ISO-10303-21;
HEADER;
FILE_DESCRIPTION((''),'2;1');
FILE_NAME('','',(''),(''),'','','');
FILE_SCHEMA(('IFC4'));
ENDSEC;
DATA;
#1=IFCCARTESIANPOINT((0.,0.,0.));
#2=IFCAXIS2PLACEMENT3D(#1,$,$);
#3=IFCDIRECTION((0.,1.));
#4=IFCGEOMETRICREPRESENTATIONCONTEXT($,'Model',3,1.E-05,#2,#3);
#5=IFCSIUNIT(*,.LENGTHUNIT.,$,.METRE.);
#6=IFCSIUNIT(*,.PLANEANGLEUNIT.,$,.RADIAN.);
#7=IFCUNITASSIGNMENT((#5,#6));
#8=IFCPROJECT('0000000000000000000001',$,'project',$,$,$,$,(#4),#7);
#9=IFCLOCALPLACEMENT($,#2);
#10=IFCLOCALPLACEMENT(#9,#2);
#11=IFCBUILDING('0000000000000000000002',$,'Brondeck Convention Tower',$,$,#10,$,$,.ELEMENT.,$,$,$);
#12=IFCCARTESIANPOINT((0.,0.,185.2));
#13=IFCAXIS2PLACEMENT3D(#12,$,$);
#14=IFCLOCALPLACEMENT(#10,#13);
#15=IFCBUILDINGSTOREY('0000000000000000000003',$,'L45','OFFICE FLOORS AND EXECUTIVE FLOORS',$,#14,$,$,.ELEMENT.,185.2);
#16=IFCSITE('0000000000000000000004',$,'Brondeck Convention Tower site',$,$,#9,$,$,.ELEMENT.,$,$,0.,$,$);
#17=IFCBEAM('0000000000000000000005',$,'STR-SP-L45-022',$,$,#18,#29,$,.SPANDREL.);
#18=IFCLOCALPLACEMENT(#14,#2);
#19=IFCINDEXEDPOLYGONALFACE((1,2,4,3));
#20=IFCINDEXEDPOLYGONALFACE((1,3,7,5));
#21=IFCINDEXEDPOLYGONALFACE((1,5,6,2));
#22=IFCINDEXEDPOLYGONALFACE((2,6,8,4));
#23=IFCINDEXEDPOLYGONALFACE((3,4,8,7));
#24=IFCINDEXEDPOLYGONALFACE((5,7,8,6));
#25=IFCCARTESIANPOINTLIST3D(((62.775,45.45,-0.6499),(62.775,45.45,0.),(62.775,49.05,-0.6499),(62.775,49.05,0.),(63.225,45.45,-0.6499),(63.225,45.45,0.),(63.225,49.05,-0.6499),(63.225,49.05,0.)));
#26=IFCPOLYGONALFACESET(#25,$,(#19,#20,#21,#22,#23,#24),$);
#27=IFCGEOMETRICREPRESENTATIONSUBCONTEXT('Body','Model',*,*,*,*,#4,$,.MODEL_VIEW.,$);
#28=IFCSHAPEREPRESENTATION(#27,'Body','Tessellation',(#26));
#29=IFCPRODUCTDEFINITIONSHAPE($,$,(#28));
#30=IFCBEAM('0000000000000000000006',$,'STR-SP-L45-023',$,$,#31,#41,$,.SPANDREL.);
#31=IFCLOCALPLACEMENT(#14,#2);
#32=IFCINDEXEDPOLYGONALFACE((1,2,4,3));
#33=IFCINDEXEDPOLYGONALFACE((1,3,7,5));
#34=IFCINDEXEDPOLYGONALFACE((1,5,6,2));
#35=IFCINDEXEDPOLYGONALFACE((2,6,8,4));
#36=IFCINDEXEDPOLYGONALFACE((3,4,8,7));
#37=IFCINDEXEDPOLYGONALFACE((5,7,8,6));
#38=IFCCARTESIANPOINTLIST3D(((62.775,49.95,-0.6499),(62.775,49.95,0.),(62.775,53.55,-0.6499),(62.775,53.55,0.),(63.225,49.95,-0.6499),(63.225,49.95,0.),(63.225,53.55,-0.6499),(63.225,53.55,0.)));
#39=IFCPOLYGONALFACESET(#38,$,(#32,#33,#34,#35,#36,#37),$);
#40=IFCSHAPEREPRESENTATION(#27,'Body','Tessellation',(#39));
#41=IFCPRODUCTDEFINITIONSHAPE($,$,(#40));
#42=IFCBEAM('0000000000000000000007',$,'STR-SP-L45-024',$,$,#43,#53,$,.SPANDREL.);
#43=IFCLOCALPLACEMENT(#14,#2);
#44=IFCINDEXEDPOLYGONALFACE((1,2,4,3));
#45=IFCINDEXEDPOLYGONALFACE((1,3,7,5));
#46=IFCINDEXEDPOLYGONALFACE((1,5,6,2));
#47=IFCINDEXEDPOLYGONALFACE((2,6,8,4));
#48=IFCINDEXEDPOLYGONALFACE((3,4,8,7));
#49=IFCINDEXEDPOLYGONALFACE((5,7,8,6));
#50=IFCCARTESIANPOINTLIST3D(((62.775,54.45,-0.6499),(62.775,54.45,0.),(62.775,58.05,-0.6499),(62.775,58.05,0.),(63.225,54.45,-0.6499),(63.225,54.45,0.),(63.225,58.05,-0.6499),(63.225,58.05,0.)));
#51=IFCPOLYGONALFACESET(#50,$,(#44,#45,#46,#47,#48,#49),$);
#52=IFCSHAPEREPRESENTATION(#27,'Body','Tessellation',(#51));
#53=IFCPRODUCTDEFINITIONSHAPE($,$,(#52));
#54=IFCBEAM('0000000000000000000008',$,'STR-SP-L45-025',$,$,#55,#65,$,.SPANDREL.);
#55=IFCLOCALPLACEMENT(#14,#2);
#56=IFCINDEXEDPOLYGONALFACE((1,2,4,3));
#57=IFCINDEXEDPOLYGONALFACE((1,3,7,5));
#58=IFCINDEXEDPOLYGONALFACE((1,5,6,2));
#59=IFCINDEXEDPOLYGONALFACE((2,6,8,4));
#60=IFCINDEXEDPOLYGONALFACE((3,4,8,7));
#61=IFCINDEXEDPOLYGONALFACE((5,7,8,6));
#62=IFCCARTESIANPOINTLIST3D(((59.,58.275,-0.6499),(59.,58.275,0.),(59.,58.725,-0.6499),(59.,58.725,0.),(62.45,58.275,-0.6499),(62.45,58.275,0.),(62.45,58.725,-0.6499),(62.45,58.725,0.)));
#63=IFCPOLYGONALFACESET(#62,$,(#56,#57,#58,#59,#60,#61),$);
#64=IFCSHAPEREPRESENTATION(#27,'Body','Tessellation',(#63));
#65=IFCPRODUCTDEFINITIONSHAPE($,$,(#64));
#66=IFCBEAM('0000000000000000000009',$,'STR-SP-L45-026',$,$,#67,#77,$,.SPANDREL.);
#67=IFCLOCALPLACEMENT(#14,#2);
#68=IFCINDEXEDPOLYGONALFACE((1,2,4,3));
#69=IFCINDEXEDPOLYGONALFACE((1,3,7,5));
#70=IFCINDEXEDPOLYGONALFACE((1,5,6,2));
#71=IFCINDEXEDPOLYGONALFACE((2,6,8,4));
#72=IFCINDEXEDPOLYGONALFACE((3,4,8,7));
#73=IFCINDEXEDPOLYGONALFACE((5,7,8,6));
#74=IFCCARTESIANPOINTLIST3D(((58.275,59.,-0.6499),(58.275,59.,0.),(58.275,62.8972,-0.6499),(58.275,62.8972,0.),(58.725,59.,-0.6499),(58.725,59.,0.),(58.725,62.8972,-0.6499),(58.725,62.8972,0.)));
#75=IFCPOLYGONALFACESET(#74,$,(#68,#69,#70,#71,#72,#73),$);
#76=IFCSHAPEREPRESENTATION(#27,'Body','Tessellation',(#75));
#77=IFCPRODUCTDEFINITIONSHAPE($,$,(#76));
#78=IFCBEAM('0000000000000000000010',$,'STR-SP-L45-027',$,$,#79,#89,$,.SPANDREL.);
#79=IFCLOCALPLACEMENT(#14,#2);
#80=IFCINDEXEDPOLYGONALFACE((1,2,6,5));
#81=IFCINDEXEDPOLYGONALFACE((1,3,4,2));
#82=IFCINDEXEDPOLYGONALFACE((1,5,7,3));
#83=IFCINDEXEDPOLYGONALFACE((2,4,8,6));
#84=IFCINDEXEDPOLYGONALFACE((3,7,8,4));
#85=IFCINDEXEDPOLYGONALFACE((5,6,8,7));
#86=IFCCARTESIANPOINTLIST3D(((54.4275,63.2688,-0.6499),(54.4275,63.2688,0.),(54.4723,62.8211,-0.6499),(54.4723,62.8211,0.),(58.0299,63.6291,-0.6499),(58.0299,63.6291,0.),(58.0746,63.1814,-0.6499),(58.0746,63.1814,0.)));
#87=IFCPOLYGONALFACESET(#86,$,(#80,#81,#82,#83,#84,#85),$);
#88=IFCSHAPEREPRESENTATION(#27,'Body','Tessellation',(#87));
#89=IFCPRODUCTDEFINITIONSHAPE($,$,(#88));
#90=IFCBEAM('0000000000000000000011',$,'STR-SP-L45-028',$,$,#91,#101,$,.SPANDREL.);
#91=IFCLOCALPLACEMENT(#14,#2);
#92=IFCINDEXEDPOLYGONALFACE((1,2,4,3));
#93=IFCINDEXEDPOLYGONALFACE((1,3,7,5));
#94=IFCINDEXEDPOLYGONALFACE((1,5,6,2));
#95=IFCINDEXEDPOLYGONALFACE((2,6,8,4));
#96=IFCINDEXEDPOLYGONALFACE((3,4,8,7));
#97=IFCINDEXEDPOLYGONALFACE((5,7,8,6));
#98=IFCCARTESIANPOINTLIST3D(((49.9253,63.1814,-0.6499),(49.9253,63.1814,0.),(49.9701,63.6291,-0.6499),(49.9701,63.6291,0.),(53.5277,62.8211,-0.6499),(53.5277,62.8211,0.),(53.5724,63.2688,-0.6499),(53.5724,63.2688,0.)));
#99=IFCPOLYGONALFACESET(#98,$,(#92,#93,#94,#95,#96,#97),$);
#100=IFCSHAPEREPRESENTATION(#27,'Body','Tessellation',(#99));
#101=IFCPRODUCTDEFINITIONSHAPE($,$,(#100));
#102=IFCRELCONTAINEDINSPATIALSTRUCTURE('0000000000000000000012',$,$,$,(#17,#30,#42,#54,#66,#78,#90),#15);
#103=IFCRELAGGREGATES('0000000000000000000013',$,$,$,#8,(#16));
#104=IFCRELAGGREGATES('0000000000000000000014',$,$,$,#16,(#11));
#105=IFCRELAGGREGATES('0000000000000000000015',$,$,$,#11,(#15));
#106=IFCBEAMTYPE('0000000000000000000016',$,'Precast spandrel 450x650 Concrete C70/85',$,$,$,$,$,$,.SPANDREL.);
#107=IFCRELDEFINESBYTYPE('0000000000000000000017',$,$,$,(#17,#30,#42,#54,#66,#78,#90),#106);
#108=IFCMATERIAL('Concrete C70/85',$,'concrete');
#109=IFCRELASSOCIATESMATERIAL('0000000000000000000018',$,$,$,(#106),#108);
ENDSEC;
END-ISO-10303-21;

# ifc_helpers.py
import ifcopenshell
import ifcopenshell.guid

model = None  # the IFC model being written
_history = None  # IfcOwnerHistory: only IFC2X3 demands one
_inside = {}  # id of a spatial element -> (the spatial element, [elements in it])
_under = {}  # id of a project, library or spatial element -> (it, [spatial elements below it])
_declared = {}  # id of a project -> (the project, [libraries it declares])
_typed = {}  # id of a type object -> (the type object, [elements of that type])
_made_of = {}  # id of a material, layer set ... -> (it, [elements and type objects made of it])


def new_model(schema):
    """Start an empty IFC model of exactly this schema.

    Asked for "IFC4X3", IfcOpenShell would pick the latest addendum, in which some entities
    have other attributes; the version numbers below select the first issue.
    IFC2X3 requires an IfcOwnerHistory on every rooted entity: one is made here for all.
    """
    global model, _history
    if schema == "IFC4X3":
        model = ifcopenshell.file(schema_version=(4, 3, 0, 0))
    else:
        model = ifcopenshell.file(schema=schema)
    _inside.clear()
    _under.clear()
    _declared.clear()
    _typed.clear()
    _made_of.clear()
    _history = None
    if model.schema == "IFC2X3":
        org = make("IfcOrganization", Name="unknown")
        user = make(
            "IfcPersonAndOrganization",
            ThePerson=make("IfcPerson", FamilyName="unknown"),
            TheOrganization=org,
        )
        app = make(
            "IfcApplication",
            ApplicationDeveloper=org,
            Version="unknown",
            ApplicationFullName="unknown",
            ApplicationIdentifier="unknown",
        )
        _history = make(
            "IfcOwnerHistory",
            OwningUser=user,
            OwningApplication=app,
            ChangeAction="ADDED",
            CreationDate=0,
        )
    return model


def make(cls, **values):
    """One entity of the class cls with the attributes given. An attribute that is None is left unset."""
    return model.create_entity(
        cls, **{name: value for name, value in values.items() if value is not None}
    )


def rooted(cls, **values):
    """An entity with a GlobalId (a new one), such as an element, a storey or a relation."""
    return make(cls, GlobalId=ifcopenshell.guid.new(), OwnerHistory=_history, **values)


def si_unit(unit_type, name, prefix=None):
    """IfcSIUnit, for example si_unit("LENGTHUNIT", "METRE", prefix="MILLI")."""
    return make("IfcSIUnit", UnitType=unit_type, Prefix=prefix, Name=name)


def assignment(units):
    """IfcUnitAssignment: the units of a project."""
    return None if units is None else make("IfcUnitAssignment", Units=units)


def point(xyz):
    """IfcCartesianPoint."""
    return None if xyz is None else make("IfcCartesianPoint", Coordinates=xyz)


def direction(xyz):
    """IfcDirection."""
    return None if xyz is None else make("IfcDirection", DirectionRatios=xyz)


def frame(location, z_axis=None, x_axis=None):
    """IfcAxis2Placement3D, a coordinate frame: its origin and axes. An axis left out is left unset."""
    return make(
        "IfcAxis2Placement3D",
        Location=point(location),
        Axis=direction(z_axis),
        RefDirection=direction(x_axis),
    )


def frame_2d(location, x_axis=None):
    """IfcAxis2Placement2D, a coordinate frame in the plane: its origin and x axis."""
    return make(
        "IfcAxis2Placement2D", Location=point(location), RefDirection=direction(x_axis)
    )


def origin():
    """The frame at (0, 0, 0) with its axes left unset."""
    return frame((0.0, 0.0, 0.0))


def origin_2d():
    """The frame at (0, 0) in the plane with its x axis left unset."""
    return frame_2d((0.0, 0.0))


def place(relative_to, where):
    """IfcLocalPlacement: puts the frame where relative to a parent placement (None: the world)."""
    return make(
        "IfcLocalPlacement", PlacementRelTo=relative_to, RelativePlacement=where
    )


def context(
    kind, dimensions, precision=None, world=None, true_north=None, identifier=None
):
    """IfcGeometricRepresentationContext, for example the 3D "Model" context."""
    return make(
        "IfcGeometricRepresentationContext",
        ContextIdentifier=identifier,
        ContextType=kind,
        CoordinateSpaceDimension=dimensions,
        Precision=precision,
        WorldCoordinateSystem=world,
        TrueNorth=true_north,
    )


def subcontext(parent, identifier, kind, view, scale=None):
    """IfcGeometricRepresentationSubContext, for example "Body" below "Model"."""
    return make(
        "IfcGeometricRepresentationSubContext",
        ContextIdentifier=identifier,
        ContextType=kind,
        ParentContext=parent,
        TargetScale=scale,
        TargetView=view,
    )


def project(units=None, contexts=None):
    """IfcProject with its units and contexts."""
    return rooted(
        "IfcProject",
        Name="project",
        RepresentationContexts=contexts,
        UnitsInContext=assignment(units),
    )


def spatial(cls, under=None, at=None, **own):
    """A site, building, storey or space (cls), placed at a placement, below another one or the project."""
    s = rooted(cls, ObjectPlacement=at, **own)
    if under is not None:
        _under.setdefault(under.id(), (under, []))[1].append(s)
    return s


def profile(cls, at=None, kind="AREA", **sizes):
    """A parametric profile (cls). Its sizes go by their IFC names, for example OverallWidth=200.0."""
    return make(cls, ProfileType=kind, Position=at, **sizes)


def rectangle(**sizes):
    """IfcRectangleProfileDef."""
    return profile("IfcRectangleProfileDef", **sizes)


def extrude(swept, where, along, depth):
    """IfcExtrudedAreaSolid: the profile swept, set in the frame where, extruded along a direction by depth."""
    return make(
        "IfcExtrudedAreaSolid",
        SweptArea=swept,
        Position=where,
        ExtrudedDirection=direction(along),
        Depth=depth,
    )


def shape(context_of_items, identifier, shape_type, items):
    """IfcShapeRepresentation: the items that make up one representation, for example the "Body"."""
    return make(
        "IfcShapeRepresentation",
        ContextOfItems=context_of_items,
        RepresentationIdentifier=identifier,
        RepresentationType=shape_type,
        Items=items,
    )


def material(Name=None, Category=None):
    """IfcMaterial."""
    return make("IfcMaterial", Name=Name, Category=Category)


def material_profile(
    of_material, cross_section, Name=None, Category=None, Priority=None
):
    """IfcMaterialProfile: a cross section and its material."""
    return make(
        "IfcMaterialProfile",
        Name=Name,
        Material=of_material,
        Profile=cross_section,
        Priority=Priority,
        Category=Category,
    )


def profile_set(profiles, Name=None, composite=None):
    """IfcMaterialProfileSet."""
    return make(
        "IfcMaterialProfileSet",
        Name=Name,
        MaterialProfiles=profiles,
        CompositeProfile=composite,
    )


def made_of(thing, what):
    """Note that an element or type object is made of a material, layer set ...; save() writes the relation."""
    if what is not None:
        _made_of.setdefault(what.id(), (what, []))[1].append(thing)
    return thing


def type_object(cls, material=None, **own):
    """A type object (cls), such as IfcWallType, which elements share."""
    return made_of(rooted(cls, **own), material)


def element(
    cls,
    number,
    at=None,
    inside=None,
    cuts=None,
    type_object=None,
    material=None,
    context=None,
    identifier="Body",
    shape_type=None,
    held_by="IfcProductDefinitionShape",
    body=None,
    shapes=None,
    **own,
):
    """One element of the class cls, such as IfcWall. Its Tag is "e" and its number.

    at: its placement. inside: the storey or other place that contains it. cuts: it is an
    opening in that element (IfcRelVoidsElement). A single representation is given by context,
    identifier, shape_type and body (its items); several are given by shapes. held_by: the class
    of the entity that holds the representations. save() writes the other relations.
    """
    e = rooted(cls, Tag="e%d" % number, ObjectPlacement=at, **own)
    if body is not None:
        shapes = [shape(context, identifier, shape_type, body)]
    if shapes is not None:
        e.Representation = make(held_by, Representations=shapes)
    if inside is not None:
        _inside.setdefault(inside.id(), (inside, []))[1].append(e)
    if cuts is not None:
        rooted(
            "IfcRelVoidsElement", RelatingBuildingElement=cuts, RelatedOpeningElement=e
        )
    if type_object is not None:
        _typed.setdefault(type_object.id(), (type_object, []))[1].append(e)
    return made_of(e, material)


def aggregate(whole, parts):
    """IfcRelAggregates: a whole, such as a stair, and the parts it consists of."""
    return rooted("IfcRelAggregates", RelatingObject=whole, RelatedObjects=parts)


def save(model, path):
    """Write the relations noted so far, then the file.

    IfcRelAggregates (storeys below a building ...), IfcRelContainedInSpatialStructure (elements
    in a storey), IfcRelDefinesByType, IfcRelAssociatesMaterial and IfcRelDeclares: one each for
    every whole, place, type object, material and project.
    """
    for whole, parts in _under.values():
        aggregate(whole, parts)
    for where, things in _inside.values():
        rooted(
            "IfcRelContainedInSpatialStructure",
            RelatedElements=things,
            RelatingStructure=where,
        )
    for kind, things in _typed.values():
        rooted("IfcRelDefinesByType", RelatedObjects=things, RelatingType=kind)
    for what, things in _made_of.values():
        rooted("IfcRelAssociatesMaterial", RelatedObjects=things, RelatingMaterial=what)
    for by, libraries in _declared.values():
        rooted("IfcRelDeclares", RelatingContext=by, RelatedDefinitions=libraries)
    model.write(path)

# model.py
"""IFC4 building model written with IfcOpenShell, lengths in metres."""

from ifc_helpers import new_model, si_unit, direction, frame, origin, origin_2d, place, context, subcontext, project, spatial, rectangle, extrude, material, material_profile, profile_set, type_object, element, save


model = new_model("IFC4")

# Units and contexts
model_context = context("Model", 3, precision=1e-05, world=origin(), true_north=direction((0.0, 1.0)))
body_context = subcontext(model_context, "Body", "Model", "MODEL_VIEW")
ifc_project = project(units=[si_unit("LENGTHUNIT", "METRE"), si_unit("PLANEANGLEUNIT", "RADIAN")], contexts=[model_context])

# Site, building, storey
site_placement = place(None, origin())
site = spatial("IfcSite", under=ifc_project, at=site_placement, Name="Brondeck Convention Tower site", CompositionType="ELEMENT", RefElevation=0.0)
building_placement = place(site_placement, origin())
building = spatial("IfcBuilding", under=site, at=building_placement, Name="Brondeck Convention Tower", CompositionType="ELEMENT")
storey_placement = place(building_placement, frame((0.0, 0.0, 185.2)))
storey = spatial("IfcBuildingStorey", under=building, at=storey_placement, Name="L45", Description="OFFICE FLOORS AND EXECUTIVE FLOORS", CompositionType="ELEMENT", Elevation=185.2)

# Shared definitions
ifc_material_1 = material(Name="Concrete C70/85", Category="concrete")

# Beams
ifc_material_profile_1 = material_profile(ifc_material_1, rectangle(XDim=0.45, YDim=0.6499, at=origin_2d()), Name="Precast spandrel 450x650 Concrete C70/85")
ifc_profile_set_1 = profile_set([ifc_material_profile_1], Name="Concrete C70/85")
beam_type_1 = type_object("IfcBeamType", Name="Precast spandrel 450x650 Concrete C70/85", PredefinedType="SPANDREL", material=ifc_profile_set_1)
for number, where, z_axis, x_axis, name in (
    (1, (63.0, 45.45, -0.325), (0.0, 1.0, 0.0), (-1.0, 0.0, 0.0), "STR-SP-L45-022"),
    (2, (63.0, 49.95, -0.325), (0.0, 1.0, 0.0), (-1.0, 0.0, 0.0), "STR-SP-L45-023"),
    (3, (63.0, 54.45, -0.325), (0.0, 1.0, 0.0), (-1.0, 0.0, 0.0), "STR-SP-L45-024"),
):
    element("IfcBeam", number, at=place(storey_placement, frame(where, z_axis=z_axis, x_axis=x_axis)), inside=storey, type_object=beam_type_1, Name=name, PredefinedType="SPANDREL", context=body_context, shape_type="SweptSolid", body=[
        extrude(rectangle(XDim=0.45, YDim=0.6499, at=origin_2d()), origin(), (0.0, 0.0, 1.0), 3.6001),
    ])
beam_1_placement = place(storey_placement, frame((62.45, 58.5, -0.325), z_axis=(-1.0, 0.0, 0.0), x_axis=(0.0, -1.0, 0.0)))
element("IfcBeam", 4, at=beam_1_placement, inside=storey, type_object=beam_type_1, Name="STR-SP-L45-025", PredefinedType="SPANDREL", context=body_context, shape_type="SweptSolid", body=[
    extrude(rectangle(XDim=0.45, YDim=0.6499, at=origin_2d()), origin(), (0.0, 0.0, 1.0), 3.45),
])
beam_2_placement = place(storey_placement, frame((58.5, 59.0, -0.325), z_axis=(0.0, 1.0, 0.0), x_axis=(-1.0, 0.0, 0.0)))
element("IfcBeam", 5, at=beam_2_placement, inside=storey, type_object=beam_type_1, Name="STR-SP-L45-026", PredefinedType="SPANDREL", context=body_context, shape_type="SweptSolid", body=[
    extrude(rectangle(XDim=0.45, YDim=0.6499, at=origin_2d()), origin(), (0.0, 0.0, 1.0), 3.8972),
])
for number, where, z_axis, x_axis, name in (
    (6, (58.0522, 63.4053, -0.325), (-0.995034, -0.099537, 0.0), (0.099537, -0.995034, 0.0), "STR-SP-L45-027"),
    (7, (53.55, 63.0449, -0.325), (-0.995034, 0.099537, 0.0), (-0.099537, -0.995034, 0.0), "STR-SP-L45-028"),
):
    element("IfcBeam", number, at=place(storey_placement, frame(where, z_axis=z_axis, x_axis=x_axis)), inside=storey, type_object=beam_type_1, Name=name, PredefinedType="SPANDREL", context=body_context, shape_type="SweptSolid", body=[
        extrude(rectangle(XDim=0.45, YDim=0.6499, at=origin_2d()), origin(), (0.0, 0.0, 1.0), 3.6204),
    ])

save(model, "model.ifc")
